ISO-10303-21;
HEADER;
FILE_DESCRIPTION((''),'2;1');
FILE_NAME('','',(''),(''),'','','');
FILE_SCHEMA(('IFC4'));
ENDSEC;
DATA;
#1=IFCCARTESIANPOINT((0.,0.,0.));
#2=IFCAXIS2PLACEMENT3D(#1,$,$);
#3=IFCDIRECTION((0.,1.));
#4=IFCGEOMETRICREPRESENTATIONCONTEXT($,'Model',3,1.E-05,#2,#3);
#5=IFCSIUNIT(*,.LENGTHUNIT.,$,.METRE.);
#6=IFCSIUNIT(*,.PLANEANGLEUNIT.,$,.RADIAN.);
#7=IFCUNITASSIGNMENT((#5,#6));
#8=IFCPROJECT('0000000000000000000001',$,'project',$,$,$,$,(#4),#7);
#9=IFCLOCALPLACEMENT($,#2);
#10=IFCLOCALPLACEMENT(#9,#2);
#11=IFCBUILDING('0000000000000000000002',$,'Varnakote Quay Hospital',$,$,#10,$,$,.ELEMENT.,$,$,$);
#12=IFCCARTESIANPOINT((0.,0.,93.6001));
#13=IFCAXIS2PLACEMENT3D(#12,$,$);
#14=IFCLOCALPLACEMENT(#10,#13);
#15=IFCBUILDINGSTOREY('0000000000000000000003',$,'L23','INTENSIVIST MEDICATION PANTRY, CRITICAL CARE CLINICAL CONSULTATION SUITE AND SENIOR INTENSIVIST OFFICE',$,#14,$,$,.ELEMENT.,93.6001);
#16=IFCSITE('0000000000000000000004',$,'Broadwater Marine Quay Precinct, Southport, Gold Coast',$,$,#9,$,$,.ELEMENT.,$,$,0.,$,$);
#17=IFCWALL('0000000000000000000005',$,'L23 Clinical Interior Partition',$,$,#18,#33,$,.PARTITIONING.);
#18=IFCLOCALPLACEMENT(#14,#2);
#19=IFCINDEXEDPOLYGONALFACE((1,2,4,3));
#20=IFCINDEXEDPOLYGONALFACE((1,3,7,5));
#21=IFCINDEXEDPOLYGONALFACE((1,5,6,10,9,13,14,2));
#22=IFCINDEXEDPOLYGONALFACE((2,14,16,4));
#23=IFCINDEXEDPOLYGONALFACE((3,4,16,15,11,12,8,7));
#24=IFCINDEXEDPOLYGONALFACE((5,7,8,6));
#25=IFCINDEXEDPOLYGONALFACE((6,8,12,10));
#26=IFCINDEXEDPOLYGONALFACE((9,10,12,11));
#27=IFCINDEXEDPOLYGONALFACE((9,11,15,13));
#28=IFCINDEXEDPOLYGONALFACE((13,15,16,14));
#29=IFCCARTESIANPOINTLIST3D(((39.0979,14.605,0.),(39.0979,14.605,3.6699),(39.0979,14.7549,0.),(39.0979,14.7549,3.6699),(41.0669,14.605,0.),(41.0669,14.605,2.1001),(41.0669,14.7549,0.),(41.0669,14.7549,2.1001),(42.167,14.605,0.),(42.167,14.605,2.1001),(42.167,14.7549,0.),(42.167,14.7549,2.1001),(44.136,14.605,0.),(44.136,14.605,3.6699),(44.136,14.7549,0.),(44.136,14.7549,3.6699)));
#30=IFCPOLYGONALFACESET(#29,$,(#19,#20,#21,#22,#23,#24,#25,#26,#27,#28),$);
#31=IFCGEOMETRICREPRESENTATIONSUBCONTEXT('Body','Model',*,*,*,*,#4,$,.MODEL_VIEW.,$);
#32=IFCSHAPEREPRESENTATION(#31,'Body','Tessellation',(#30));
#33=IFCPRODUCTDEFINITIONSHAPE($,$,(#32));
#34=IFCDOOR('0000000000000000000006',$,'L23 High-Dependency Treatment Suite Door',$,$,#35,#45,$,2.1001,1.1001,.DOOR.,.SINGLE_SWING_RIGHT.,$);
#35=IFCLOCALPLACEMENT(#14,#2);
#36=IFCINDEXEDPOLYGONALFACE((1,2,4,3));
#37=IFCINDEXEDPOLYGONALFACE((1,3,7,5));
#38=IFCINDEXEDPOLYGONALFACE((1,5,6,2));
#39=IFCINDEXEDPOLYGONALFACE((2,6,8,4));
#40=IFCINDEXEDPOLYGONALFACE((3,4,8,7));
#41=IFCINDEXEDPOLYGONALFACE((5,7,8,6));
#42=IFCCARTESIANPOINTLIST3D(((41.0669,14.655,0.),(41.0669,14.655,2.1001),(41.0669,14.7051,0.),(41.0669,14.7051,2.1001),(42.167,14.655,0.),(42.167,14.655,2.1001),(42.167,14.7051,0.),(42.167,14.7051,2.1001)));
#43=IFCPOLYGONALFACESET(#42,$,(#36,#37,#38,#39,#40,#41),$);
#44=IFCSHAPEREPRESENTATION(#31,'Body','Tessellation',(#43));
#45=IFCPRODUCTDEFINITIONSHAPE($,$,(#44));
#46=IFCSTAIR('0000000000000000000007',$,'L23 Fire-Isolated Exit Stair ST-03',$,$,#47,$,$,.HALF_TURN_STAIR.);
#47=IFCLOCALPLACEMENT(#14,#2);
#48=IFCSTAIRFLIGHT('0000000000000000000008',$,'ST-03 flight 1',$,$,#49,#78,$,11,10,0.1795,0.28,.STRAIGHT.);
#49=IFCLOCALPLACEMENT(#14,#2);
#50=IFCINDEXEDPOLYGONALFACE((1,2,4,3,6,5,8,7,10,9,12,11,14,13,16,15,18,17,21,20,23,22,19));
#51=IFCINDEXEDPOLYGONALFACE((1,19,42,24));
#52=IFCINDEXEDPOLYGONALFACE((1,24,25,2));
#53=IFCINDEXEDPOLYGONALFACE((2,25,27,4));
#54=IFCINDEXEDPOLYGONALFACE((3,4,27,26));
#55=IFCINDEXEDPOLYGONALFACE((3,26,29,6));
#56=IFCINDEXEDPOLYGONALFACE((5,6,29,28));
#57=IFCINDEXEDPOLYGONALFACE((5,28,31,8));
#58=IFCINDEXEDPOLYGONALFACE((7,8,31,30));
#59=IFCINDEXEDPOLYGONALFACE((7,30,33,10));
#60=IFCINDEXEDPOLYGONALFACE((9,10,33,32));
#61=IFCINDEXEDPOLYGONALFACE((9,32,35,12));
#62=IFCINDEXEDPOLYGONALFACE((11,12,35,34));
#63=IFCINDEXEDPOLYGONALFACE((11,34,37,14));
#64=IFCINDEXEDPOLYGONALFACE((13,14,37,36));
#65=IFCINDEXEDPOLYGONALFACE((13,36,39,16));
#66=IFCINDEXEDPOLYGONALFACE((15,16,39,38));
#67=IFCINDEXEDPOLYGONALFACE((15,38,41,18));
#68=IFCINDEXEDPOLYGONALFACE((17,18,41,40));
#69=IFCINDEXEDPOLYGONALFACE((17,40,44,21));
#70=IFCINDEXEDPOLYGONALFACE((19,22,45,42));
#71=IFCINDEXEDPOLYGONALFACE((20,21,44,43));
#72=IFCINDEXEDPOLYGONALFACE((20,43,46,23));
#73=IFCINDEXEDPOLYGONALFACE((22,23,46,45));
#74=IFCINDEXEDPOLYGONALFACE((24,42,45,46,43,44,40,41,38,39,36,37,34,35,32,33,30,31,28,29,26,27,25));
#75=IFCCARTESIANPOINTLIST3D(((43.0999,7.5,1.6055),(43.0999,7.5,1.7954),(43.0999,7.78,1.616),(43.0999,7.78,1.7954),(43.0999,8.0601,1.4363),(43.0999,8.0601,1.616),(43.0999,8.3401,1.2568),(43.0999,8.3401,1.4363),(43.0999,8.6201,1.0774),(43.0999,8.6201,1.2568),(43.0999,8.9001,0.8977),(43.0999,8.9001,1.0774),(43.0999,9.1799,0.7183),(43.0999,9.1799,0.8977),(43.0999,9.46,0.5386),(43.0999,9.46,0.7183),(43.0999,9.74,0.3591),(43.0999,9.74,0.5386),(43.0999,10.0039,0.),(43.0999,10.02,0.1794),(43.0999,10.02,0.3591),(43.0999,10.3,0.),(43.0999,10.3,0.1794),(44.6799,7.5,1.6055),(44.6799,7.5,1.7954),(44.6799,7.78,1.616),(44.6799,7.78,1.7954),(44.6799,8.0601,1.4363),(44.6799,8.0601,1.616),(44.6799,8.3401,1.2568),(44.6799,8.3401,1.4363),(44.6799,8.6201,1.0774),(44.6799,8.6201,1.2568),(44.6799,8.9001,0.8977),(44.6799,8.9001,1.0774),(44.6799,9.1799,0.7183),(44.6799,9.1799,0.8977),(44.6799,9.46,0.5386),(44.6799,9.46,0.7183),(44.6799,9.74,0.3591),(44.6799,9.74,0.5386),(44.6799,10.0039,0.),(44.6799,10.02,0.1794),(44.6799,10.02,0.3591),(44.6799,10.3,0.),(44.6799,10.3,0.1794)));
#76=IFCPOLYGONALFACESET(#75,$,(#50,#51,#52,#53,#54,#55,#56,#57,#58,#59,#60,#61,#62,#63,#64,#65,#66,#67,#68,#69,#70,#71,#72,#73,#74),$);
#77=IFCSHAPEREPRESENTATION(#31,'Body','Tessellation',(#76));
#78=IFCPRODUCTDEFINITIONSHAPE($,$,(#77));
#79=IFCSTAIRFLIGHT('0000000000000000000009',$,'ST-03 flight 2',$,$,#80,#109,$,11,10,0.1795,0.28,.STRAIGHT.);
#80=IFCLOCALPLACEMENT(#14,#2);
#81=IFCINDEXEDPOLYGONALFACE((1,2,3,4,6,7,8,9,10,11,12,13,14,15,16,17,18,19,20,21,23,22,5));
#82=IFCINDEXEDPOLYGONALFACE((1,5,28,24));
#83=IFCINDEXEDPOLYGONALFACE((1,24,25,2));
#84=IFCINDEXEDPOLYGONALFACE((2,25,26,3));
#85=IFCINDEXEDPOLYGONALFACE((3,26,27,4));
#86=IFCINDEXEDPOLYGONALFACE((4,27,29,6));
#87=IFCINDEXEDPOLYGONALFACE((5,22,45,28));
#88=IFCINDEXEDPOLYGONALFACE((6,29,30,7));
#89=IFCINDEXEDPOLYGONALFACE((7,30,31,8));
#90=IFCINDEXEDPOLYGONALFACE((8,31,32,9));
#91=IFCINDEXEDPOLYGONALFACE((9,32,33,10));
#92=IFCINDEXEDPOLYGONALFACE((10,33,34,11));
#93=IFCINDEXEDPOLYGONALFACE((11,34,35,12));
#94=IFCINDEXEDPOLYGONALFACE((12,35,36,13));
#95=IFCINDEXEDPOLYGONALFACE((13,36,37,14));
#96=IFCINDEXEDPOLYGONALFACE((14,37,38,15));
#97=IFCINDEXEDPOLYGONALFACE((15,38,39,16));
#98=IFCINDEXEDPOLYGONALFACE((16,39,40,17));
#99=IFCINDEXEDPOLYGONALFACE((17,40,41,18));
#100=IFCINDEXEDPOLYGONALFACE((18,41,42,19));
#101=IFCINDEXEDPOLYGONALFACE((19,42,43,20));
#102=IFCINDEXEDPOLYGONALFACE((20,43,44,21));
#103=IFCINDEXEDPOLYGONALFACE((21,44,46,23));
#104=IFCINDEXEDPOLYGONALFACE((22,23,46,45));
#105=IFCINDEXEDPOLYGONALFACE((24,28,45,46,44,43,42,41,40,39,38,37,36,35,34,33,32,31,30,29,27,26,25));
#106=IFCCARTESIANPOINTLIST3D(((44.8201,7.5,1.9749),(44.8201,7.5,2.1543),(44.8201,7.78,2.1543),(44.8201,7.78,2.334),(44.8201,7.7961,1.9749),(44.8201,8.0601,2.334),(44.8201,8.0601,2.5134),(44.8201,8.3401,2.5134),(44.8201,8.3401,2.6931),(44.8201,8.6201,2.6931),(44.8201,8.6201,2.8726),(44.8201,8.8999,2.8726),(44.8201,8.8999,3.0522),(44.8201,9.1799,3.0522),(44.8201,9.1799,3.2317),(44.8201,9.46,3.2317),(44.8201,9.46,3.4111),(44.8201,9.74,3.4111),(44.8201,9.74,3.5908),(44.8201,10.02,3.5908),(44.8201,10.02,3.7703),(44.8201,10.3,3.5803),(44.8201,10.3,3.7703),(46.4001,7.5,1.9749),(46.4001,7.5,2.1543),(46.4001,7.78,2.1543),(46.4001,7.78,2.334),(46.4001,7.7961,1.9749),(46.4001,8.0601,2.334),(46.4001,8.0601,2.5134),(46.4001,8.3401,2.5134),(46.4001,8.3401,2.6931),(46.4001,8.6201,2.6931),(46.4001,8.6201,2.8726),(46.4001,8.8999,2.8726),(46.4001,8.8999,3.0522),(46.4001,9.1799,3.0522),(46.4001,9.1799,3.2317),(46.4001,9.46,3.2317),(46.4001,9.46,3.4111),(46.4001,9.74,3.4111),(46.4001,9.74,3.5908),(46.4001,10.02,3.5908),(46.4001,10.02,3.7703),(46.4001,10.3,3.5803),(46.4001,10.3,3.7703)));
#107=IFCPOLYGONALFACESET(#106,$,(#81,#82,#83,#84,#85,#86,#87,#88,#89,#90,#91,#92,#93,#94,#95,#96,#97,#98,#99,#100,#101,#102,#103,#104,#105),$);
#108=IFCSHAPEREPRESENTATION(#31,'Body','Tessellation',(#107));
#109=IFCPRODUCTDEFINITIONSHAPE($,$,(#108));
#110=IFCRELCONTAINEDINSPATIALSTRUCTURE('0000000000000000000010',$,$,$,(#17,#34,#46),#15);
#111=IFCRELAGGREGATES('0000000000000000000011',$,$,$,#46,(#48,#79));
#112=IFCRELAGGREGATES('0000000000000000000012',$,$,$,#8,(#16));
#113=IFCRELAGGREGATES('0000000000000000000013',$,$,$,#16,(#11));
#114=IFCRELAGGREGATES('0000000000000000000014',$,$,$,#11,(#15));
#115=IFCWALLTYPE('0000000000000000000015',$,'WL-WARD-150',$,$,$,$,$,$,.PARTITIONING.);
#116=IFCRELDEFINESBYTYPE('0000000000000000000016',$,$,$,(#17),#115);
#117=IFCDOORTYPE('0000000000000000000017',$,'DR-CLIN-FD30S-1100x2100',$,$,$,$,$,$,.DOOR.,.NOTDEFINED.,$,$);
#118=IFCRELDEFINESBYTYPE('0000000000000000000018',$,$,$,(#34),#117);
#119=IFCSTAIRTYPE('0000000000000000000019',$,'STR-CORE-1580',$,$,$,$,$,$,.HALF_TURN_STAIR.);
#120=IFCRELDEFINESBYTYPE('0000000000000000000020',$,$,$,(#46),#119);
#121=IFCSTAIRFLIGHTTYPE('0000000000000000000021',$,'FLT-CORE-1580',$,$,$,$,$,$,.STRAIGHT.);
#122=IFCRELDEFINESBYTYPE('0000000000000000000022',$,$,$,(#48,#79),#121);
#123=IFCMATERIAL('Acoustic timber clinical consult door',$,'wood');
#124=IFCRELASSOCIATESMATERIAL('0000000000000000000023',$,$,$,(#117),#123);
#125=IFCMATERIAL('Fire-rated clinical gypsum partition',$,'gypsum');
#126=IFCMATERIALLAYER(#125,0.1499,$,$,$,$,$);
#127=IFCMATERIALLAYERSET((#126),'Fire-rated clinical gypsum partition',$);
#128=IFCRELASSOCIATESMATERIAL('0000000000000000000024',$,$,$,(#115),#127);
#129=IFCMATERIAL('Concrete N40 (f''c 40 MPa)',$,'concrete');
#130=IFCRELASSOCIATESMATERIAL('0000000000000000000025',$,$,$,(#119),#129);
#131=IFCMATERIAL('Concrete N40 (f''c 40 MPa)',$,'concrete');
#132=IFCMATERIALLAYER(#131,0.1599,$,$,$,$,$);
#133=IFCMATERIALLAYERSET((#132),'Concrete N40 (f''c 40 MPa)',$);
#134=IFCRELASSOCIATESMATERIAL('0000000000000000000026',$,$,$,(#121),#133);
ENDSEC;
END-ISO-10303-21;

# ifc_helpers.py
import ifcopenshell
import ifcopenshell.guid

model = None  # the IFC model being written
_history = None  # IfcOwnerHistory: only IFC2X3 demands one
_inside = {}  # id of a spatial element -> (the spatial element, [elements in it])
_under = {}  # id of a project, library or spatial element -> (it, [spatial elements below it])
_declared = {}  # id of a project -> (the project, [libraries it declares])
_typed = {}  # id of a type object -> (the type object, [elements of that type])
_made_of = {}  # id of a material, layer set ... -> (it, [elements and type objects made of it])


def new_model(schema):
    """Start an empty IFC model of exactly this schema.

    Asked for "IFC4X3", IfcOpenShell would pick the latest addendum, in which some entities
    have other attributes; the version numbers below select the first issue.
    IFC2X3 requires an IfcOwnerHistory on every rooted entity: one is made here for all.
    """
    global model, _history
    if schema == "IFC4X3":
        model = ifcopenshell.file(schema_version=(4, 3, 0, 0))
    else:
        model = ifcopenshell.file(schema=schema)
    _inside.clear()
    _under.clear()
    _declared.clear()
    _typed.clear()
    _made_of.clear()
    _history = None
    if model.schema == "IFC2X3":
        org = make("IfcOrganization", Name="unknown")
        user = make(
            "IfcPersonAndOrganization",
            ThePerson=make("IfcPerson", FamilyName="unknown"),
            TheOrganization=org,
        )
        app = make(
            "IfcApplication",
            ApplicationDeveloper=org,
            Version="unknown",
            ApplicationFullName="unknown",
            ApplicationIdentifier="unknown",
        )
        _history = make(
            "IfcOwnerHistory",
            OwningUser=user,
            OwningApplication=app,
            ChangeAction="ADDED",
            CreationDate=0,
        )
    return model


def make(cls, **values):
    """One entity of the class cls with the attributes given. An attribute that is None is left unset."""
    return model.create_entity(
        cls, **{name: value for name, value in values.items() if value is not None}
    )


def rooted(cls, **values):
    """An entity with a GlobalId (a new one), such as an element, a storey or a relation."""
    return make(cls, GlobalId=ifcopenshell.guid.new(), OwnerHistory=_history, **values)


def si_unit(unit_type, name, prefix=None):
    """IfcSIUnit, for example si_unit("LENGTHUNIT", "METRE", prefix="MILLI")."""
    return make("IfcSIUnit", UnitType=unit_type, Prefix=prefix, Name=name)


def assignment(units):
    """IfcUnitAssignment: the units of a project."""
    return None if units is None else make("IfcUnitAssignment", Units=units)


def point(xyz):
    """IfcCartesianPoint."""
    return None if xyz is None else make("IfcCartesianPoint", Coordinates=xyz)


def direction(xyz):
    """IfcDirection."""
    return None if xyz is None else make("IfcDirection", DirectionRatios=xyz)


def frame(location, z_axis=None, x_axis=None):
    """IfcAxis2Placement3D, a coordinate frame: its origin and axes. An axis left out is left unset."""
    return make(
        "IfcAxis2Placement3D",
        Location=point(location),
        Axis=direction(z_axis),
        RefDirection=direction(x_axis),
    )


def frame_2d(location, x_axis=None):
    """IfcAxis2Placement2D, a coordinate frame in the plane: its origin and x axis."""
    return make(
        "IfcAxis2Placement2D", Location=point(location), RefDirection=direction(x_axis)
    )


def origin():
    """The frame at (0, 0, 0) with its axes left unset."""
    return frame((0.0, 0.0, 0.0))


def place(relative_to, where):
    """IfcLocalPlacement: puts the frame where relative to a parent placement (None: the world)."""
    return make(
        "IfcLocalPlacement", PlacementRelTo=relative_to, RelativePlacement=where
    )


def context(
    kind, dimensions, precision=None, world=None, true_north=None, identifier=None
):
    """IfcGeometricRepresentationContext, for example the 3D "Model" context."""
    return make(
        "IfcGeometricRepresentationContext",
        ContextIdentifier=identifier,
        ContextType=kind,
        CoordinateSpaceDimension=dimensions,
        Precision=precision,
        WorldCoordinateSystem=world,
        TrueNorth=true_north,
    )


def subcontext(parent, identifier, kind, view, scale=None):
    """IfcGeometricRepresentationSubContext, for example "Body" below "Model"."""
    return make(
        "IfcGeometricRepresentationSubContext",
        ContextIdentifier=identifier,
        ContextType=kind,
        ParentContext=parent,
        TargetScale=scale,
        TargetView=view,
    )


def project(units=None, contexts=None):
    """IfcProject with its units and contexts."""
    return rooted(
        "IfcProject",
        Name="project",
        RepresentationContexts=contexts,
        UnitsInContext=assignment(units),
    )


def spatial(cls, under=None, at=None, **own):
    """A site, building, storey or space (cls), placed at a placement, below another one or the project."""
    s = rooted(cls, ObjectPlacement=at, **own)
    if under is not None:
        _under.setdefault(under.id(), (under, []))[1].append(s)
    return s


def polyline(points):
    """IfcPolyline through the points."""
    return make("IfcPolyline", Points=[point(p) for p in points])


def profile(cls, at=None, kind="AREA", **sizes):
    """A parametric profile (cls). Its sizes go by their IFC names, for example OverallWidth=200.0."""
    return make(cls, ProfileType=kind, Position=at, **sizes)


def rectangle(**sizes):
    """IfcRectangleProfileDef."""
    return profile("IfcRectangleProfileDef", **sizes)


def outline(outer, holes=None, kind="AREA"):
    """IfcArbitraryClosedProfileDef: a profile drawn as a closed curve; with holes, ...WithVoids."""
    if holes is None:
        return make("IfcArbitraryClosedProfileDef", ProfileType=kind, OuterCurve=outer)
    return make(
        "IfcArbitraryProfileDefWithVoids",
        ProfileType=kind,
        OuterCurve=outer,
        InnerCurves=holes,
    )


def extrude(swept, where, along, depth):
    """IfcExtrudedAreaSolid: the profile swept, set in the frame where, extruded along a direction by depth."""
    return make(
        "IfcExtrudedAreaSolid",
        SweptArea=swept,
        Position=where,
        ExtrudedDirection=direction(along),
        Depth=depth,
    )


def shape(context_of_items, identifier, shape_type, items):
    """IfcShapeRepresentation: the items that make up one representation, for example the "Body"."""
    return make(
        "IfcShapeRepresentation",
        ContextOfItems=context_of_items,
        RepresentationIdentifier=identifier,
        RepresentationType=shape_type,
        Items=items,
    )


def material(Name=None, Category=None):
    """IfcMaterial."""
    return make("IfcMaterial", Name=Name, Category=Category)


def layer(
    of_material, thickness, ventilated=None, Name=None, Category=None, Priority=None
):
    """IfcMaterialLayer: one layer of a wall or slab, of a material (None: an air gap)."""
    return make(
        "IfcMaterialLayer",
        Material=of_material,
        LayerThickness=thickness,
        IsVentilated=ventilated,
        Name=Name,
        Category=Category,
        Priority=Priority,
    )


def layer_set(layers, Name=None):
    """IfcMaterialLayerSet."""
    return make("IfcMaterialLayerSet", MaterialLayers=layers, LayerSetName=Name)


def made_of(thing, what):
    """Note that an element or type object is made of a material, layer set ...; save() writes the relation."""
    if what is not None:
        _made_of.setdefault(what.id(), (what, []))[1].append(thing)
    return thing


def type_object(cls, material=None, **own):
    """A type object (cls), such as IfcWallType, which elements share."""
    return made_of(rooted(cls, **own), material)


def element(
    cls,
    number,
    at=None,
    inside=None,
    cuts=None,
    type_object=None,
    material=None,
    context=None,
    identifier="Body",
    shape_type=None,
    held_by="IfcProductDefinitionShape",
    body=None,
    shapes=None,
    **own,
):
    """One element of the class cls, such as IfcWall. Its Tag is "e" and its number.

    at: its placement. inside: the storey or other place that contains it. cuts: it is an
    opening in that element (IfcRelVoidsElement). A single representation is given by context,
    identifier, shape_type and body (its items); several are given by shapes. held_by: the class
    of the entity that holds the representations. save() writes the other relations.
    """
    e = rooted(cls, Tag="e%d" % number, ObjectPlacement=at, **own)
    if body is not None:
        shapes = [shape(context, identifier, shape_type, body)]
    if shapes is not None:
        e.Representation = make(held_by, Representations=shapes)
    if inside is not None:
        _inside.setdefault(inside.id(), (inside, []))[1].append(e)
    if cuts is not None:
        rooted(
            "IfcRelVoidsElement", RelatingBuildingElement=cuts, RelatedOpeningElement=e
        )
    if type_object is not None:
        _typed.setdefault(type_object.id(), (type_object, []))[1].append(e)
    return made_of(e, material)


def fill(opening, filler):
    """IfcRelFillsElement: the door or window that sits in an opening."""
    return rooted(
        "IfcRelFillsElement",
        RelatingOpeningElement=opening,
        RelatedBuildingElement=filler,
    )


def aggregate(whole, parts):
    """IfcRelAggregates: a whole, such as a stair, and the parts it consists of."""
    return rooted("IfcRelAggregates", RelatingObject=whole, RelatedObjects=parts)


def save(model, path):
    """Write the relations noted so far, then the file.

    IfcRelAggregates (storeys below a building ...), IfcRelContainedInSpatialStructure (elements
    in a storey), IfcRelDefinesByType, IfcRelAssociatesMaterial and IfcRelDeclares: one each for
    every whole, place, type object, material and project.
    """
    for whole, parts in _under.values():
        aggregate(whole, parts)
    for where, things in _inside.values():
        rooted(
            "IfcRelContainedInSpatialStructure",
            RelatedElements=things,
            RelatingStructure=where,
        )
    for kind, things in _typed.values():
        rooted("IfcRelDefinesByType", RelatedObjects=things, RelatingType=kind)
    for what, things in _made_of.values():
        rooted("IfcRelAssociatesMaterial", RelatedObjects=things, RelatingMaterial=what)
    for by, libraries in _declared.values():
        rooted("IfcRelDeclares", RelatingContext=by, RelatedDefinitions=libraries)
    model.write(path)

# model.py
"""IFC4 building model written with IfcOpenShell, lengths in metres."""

from ifc_helpers import new_model, si_unit, direction, frame, frame_2d, origin, place, context, subcontext, project, spatial, polyline, rectangle, outline, extrude, material, layer, layer_set, type_object, element, fill, aggregate, save


model = new_model("IFC4")

# Units and contexts
model_context = context("Model", 3, precision=1e-05, world=origin(), true_north=direction((0.0, 1.0)))
body_context = subcontext(model_context, "Body", "Model", "MODEL_VIEW")
ifc_project = project(units=[si_unit("LENGTHUNIT", "METRE"), si_unit("PLANEANGLEUNIT", "RADIAN")], contexts=[model_context])

# Site, building, storey
site_placement = place(None, origin())
site = spatial("IfcSite", under=ifc_project, at=site_placement, Name="Broadwater Marine Quay Precinct, Southport, Gold Coast", CompositionType="ELEMENT", RefElevation=0.0)
building_placement = place(site_placement, origin())
building = spatial("IfcBuilding", under=site, at=building_placement, Name="Varnakote Quay Hospital", CompositionType="ELEMENT")
storey_placement = place(building_placement, frame((0.0, 0.0, 93.6001)))
storey = spatial("IfcBuildingStorey", under=building, at=storey_placement, Name="L23", Description="INTENSIVIST MEDICATION PANTRY, CRITICAL CARE CLINICAL CONSULTATION SUITE AND SENIOR INTENSIVIST OFFICE", CompositionType="ELEMENT", Elevation=93.6001)

# Shared definitions
ifc_material_1 = material(Name="Acoustic timber clinical consult door", Category="wood")
door_type_1 = type_object("IfcDoorType", Name="DR-CLIN-FD30S-1100x2100", OperationType="NOTDEFINED", PredefinedType="DOOR", material=ifc_material_1)

# Wall, opening, door
ifc_material_2 = material(Name="Fire-rated clinical gypsum partition", Category="gypsum")
ifc_layer_1 = layer(ifc_material_2, 0.1499)
ifc_layer_set_1 = layer_set([ifc_layer_1], Name="Fire-rated clinical gypsum partition")
wall_type_1 = type_object("IfcWallType", Name="WL-WARD-150", PredefinedType="PARTITIONING", material=ifc_layer_set_1)
wall_1_placement = place(storey_placement, frame((44.136, 14.6799, 0.0), z_axis=(0.0, 0.0, 1.0), x_axis=(-1.0, 0.0, 0.0)))
wall_1 = element("IfcWall", 1, at=wall_1_placement, inside=storey, type_object=wall_type_1, Name="L23 Clinical Interior Partition", PredefinedType="PARTITIONING", context=body_context, shape_type="SweptSolid", body=[
    extrude(rectangle(XDim=5.0381, YDim=0.1499, at=frame_2d((2.519, 0.0))), origin(), (0.0, 0.0, 1.0), 3.6699),
])
opening_1_placement = place(wall_1_placement, frame((1.969, 0.0, 0.0)))
opening_1 = element("IfcOpeningElement", 2, at=opening_1_placement, cuts=wall_1, PredefinedType="OPENING", context=body_context, shape_type="SweptSolid", body=[
    extrude(rectangle(XDim=1.1001, YDim=2.1001, at=frame_2d((0.55, 1.05))), frame((0.0, 0.085, 0.0), z_axis=(0.0, -1.0, 0.0), x_axis=(1.0, 0.0, 0.0)), (0.0, 0.0, 1.0), 0.1699),
])
door_1_placement = place(opening_1_placement, origin())
door_1 = element("IfcDoor", 3, at=door_1_placement, inside=storey, type_object=door_type_1, Name="L23 High-Dependency Treatment Suite Door", OperationType="SINGLE_SWING_RIGHT", OverallHeight=2.1001, OverallWidth=1.1001, PredefinedType="DOOR", context=body_context, shape_type="SweptSolid", body=[
    extrude(rectangle(XDim=1.1001, YDim=2.1001, at=frame_2d((0.55, 1.05))), frame((0.0, 0.0249, 0.0), z_axis=(0.0, -1.0, 0.0), x_axis=(1.0, 0.0, 0.0)), (0.0, 0.0, 1.0), 0.05),
])
fill(opening_1, door_1)

# Stair, stair flights
ifc_material_3 = material(Name="Concrete N40 (f'c 40 MPa)", Category="concrete")
stair_type = type_object("IfcStairType", Name="STR-CORE-1580", PredefinedType="HALF_TURN_STAIR", material=ifc_material_3)
stair_placement = place(storey_placement, origin())
stair = element("IfcStair", 4, at=stair_placement, inside=storey, type_object=stair_type, Name="L23 Fire-Isolated Exit Stair ST-03", PredefinedType="HALF_TURN_STAIR")
ifc_material_4 = material(Name="Concrete N40 (f'c 40 MPa)", Category="concrete")
ifc_layer_2 = layer(ifc_material_4, 0.1599)
ifc_layer_set_2 = layer_set([ifc_layer_2], Name="Concrete N40 (f'c 40 MPa)")
stair_flight_type = type_object("IfcStairFlightType", Name="FLT-CORE-1580", PredefinedType="STRAIGHT", material=ifc_layer_set_2)
stair_flight_1_placement = place(storey_placement, frame((43.8899, 10.3, 0.0), z_axis=(0.0, 0.0, 1.0), x_axis=(0.0, -1.0, 0.0)))
stair_flight_1 = element("IfcStairFlight", 5, at=stair_flight_1_placement, type_object=stair_flight_type, Name="ST-03 flight 1", NumberOfRisers=11, NumberOfTreads=10, PredefinedType="STRAIGHT", RiserHeight=0.1795, TreadLength=0.28, context=body_context, shape_type="SweptSolid", body=[
    extrude(outline(polyline([(0.0, 0.0), (0.0, 0.1794), (0.28, 0.1794), (0.28, 0.3591), (0.5601, 0.3591), (0.5601, 0.5386), (0.8401, 0.5386), (0.8401, 0.7183), (1.1201, 0.7183), (1.1201, 0.8977), (1.3999, 0.8977), (1.3999, 1.0774), (1.6799, 1.0774), (1.6799, 1.2568), (1.96, 1.2568), (1.96, 1.4363), (2.24, 1.4363), (2.24, 1.616), (2.52, 1.616), (2.52, 1.7954), (2.8, 1.7954), (2.8, 1.9751), (2.8, 1.6055), (0.2961, 0.0), (0.0, 0.0)])), frame((0.0, 0.79, 0.0), z_axis=(0.0, -1.0, 0.0), x_axis=(1.0, 0.0, 0.0)), (0.0, 0.0, 1.0), 1.5801),
])
stair_flight_2_placement = place(storey_placement, frame((45.6101, 7.5, 1.9749), z_axis=(0.0, 0.0, 1.0), x_axis=(0.0, 1.0, 0.0)))
stair_flight_2 = element("IfcStairFlight", 6, at=stair_flight_2_placement, type_object=stair_flight_type, Name="ST-03 flight 2", NumberOfRisers=11, NumberOfTreads=10, PredefinedType="STRAIGHT", RiserHeight=0.1795, TreadLength=0.28, context=body_context, shape_type="SweptSolid", body=[
    extrude(outline(polyline([(0.0, 0.0), (0.0, 0.1794), (0.28, 0.1794), (0.28, 0.3591), (0.5601, 0.3591), (0.5601, 0.5386), (0.8401, 0.5386), (0.8401, 0.7183), (1.1201, 0.7183), (1.1201, 0.8977), (1.3999, 0.8977), (1.3999, 1.0774), (1.6799, 1.0774), (1.6799, 1.2568), (1.96, 1.2568), (1.96, 1.4363), (2.24, 1.4363), (2.24, 1.616), (2.52, 1.616), (2.52, 1.7954), (2.8, 1.7954), (2.8, 1.9751), (2.8, 1.6055), (0.2961, 0.0), (0.0, 0.0)])), frame((0.0, 0.79, 0.0), z_axis=(0.0, -1.0, 0.0), x_axis=(1.0, 0.0, 0.0)), (0.0, 0.0, 1.0), 1.5801),
])
aggregate(stair, [stair_flight_1, stair_flight_2])

save(model, "model.ifc")
